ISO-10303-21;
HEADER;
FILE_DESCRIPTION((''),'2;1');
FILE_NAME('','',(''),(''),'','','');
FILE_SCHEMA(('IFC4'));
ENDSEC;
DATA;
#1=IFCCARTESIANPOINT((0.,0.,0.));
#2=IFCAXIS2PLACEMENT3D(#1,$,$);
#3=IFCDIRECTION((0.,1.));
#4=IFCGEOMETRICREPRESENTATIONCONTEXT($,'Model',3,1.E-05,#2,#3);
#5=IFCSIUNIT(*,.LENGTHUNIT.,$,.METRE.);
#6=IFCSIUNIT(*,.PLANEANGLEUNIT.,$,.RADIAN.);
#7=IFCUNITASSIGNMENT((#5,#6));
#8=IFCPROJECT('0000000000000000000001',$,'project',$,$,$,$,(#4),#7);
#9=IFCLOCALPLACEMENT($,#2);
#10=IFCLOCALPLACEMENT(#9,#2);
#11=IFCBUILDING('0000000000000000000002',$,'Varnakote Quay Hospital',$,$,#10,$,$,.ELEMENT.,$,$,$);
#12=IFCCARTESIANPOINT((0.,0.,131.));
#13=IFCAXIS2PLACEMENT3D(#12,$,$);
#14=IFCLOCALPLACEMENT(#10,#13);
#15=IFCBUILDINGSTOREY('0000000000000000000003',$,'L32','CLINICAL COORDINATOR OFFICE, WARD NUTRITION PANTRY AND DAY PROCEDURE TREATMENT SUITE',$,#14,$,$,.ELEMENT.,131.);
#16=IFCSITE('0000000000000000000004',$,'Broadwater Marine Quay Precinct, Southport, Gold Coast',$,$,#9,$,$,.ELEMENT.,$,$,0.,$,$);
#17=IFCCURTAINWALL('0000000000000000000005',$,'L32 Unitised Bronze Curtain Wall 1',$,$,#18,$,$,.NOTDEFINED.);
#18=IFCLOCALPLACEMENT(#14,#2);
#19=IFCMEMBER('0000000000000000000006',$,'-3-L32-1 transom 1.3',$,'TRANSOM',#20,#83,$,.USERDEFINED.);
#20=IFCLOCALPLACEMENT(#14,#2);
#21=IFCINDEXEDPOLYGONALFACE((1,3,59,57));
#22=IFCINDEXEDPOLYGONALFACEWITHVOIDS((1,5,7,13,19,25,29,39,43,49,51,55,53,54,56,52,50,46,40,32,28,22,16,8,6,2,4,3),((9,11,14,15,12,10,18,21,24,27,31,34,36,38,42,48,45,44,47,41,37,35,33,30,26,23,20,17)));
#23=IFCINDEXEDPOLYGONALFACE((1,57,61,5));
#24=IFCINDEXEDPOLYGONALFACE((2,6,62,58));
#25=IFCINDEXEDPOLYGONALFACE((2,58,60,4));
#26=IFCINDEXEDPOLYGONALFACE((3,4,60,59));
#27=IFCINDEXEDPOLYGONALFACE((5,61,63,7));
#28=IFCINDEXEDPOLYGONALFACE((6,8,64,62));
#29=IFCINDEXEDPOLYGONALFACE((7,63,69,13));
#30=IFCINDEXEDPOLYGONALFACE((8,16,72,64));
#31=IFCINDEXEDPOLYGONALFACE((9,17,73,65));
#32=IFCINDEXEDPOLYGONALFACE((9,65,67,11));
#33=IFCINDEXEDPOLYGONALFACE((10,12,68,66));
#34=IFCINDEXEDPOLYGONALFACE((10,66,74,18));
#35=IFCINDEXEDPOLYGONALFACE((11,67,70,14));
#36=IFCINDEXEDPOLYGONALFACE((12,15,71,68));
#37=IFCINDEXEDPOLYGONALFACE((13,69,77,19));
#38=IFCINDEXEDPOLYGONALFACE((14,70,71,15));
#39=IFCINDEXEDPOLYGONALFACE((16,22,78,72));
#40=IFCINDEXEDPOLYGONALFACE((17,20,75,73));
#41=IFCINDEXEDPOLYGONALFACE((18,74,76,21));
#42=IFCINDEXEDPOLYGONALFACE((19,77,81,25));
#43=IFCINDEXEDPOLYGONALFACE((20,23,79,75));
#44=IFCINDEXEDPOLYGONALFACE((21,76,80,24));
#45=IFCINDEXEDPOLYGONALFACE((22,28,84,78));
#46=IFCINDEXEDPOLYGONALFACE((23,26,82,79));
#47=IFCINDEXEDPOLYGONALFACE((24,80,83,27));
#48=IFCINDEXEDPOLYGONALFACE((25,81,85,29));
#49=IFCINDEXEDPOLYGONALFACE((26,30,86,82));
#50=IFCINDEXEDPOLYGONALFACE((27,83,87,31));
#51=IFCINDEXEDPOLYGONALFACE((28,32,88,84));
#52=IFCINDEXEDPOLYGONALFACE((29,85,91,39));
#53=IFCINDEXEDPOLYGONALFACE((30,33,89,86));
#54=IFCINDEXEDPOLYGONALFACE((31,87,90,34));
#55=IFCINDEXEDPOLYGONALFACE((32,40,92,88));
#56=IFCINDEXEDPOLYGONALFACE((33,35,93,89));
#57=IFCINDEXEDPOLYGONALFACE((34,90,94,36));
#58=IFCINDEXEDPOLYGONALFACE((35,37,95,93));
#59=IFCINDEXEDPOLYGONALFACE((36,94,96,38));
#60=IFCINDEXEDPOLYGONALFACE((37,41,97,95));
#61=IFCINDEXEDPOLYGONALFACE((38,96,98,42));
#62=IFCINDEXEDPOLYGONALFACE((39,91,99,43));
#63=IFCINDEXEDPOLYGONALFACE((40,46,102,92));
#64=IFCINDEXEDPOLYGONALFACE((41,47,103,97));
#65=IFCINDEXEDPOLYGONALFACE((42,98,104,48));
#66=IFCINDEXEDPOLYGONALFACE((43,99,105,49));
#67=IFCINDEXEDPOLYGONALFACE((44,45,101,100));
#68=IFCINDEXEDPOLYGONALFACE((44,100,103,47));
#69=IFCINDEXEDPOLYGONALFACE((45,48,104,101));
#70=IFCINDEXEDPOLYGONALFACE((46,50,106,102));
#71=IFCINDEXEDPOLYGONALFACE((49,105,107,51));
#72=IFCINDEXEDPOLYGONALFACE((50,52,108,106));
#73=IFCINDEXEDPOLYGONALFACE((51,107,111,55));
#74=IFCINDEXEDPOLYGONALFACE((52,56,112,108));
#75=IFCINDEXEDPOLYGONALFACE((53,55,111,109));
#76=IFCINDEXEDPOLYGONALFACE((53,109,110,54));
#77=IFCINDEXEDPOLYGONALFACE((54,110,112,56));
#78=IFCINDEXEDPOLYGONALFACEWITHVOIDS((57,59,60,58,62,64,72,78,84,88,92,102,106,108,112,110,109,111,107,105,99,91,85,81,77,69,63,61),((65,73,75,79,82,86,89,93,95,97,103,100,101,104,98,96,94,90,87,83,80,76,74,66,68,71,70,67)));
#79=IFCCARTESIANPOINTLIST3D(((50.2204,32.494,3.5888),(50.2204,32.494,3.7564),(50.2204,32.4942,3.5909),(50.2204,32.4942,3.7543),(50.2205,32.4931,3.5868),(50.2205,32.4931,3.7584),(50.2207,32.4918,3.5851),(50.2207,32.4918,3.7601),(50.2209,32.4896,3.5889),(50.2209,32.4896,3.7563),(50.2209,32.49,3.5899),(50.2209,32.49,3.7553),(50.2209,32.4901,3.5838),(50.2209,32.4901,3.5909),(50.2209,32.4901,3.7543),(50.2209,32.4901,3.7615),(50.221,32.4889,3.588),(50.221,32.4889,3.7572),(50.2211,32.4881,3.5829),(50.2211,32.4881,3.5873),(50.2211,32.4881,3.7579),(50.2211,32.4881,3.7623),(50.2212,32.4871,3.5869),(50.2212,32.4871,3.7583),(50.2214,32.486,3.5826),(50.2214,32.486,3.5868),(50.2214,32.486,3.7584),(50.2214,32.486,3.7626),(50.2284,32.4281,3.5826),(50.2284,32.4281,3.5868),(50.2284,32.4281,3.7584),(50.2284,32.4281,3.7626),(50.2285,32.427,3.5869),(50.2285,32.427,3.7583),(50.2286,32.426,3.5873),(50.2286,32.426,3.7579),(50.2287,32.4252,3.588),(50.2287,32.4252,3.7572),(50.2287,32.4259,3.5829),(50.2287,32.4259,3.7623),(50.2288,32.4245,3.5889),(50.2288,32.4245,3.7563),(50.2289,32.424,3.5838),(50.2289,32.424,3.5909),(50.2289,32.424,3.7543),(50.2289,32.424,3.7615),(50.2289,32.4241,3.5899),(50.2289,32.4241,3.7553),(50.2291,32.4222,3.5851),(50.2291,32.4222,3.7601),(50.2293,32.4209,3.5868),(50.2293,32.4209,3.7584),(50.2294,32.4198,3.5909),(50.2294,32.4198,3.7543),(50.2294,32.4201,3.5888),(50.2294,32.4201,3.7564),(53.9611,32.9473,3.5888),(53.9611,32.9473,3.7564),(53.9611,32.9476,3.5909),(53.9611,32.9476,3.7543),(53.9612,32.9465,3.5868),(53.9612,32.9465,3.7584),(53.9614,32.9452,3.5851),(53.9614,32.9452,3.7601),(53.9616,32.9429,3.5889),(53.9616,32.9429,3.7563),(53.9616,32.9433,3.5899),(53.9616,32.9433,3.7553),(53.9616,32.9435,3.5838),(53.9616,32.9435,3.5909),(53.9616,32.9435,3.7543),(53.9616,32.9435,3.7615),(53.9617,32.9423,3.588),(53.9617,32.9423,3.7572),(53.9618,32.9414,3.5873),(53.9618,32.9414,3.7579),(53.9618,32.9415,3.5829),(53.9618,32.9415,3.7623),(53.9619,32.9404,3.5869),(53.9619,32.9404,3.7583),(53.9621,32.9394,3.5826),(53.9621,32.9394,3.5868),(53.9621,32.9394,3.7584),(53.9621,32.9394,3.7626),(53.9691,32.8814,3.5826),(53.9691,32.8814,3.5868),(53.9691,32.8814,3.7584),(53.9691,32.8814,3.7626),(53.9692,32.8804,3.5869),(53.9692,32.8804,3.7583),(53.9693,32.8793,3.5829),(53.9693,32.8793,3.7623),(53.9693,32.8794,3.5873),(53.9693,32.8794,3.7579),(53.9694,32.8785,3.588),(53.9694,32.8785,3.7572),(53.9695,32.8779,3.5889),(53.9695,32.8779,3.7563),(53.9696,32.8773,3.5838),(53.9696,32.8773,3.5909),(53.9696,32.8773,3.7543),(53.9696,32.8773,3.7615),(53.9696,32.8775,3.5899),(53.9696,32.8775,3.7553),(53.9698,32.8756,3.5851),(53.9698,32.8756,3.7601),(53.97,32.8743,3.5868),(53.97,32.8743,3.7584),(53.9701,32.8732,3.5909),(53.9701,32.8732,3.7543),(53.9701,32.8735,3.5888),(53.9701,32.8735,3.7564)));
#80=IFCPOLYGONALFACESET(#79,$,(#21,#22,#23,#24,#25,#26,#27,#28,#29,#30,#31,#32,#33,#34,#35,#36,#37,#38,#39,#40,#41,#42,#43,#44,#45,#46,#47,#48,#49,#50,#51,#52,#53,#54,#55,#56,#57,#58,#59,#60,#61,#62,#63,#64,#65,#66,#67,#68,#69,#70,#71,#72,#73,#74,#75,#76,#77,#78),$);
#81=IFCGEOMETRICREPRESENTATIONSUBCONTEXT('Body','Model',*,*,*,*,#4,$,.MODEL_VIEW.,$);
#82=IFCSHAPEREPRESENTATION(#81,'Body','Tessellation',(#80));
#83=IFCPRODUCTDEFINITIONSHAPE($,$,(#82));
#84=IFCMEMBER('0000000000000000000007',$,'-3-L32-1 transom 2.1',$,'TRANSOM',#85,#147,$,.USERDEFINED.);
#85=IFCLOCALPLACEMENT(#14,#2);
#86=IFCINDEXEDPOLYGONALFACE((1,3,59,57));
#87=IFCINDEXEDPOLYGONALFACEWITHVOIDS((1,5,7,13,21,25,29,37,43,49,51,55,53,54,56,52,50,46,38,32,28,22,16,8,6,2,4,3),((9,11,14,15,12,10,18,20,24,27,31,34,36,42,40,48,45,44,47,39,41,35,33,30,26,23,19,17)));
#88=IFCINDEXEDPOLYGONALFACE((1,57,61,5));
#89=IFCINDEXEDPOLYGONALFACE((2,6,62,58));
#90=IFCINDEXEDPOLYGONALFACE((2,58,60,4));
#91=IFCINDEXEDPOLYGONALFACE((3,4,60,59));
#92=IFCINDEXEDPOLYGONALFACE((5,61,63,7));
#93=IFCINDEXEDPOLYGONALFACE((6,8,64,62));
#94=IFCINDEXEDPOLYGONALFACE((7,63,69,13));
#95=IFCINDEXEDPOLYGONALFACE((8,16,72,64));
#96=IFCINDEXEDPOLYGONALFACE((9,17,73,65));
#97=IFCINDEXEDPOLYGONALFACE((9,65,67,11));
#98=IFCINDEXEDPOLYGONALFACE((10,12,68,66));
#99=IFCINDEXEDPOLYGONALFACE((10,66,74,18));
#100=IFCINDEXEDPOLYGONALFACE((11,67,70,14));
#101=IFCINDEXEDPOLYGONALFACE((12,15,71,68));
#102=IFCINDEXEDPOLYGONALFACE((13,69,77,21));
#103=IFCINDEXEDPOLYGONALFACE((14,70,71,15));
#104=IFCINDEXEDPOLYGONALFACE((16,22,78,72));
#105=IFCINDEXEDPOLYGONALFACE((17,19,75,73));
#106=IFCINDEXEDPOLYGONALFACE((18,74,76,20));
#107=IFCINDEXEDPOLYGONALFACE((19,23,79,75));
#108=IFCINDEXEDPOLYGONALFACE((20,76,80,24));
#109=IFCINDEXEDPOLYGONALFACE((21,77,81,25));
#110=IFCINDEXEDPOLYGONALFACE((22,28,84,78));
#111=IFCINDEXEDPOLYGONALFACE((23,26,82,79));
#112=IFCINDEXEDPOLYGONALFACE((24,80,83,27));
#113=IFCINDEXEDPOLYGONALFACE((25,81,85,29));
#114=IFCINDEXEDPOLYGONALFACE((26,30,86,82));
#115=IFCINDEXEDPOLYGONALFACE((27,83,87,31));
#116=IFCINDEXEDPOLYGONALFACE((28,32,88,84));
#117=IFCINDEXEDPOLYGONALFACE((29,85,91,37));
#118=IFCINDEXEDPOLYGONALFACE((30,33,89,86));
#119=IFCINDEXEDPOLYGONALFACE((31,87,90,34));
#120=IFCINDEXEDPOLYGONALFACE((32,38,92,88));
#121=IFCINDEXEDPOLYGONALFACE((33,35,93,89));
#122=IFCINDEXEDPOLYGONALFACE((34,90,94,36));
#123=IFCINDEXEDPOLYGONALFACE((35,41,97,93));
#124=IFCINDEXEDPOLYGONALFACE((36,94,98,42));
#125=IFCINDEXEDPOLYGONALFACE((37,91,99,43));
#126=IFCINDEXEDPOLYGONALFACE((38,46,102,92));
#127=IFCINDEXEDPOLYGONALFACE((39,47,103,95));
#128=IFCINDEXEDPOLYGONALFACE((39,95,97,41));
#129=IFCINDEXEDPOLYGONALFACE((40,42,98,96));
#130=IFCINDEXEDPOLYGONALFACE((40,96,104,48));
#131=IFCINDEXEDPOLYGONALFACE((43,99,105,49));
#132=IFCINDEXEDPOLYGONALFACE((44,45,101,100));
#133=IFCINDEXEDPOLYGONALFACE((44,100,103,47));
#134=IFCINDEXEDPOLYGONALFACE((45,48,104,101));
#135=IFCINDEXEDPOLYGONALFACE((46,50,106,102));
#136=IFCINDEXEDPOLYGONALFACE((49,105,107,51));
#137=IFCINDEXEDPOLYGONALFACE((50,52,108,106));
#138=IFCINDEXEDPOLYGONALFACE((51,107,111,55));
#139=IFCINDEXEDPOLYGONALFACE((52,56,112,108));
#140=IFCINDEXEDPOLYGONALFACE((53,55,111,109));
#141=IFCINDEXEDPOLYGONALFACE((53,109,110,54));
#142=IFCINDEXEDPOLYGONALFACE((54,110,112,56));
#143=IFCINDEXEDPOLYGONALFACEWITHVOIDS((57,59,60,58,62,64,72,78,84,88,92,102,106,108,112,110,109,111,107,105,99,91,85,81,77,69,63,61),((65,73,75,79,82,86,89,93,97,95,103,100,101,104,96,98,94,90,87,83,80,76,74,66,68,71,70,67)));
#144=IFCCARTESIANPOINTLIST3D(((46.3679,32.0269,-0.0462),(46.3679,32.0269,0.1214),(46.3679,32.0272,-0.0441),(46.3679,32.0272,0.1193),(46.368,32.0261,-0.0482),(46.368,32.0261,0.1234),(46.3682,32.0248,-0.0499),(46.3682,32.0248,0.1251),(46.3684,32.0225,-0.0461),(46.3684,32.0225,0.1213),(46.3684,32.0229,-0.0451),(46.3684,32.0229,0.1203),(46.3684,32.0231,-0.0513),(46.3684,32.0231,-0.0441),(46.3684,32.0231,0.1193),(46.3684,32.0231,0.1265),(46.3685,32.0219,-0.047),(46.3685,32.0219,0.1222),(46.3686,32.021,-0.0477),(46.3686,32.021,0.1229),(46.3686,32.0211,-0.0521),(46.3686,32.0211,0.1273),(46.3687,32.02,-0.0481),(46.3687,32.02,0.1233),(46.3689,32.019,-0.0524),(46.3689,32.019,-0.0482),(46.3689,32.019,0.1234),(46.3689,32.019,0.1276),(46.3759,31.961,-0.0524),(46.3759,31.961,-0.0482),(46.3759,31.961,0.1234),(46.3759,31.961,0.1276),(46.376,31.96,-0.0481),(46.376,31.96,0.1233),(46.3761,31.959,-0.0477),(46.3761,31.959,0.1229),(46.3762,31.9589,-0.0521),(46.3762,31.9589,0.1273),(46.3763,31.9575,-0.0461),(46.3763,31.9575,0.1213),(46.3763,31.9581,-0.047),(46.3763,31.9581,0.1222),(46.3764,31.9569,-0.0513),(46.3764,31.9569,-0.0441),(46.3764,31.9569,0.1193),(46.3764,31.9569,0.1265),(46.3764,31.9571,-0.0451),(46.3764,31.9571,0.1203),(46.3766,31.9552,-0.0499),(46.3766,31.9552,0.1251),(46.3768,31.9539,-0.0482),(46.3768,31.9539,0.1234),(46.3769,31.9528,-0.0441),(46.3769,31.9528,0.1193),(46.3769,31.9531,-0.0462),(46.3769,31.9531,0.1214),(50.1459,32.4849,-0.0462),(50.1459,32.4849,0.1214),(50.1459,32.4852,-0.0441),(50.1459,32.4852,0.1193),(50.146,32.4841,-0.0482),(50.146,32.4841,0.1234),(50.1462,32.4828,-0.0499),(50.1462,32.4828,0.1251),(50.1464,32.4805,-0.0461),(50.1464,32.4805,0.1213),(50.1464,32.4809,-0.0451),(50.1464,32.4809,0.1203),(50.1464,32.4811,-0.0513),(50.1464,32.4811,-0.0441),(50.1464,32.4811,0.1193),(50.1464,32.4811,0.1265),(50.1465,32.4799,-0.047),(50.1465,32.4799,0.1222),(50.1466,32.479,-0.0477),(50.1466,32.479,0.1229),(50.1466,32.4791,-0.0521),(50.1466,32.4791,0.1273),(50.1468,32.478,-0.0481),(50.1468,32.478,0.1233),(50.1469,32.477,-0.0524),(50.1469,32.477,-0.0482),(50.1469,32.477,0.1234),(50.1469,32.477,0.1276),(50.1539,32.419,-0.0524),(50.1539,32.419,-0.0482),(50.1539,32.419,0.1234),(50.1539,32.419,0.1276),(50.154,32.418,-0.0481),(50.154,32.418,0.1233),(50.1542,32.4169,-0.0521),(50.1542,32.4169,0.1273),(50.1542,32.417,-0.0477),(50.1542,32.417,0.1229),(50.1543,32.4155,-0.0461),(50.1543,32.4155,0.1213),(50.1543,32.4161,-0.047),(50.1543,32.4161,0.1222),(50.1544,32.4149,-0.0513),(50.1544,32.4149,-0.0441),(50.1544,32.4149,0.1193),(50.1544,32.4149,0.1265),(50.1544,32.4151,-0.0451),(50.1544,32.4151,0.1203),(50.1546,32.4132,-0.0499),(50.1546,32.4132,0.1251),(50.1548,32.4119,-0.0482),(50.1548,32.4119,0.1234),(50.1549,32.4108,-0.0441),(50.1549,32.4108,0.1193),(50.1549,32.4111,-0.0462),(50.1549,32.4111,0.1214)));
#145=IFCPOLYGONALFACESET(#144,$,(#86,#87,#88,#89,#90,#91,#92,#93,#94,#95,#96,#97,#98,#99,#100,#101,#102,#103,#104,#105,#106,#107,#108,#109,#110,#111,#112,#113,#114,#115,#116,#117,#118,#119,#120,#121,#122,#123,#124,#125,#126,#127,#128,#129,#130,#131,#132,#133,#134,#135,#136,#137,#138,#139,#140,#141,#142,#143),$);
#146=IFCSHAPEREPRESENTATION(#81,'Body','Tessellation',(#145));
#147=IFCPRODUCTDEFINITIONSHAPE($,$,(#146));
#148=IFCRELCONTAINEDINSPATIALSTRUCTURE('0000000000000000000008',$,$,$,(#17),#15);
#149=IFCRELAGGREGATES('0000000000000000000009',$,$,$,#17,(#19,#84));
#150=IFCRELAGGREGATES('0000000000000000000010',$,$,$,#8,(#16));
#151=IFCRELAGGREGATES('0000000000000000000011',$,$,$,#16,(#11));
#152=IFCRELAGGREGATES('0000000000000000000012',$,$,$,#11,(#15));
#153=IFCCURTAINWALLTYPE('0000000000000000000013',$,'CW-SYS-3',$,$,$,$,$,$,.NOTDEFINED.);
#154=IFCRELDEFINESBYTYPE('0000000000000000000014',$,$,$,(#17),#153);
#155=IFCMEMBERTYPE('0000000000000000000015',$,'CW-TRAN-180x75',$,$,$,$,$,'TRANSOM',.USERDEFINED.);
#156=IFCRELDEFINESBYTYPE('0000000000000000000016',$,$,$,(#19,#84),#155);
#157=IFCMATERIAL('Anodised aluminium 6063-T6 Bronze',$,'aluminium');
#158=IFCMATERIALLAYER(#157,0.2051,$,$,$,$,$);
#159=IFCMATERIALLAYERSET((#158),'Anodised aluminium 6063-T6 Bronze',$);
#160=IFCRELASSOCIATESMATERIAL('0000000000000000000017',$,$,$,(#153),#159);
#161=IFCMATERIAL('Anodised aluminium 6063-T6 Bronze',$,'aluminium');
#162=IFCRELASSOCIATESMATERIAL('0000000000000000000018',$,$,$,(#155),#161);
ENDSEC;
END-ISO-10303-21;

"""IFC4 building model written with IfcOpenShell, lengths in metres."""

from ifc_helpers import new_model, si_unit, direction, frame, origin, origin_2d, place, context, subcontext, project, spatial, hollow_rectangle, extrude, material, layer, layer_set, material_profile, profile_set, type_object, element, aggregate, save


model = new_model("IFC4")

# Units and contexts
model_context = context("Model", 3, precision=1e-05, world=origin(), true_north=direction((0.0, 1.0)))
body_context = subcontext(model_context, "Body", "Model", "MODEL_VIEW")
ifc_project = project(units=[si_unit("LENGTHUNIT", "METRE"), si_unit("PLANEANGLEUNIT", "RADIAN")], contexts=[model_context])

# Site, building, storey
site_placement = place(None, origin())
site = spatial("IfcSite", under=ifc_project, at=site_placement, Name="Broadwater Marine Quay Precinct, Southport, Gold Coast", CompositionType="ELEMENT", RefElevation=0.0)
building_placement = place(site_placement, origin())
building = spatial("IfcBuilding", under=site, at=building_placement, Name="Varnakote Quay Hospital", CompositionType="ELEMENT")
storey_placement = place(building_placement, frame((0.0, 0.0, 131.0)))
storey = spatial("IfcBuildingStorey", under=building, at=storey_placement, Name="L32", Description="CLINICAL COORDINATOR OFFICE, WARD NUTRITION PANTRY AND DAY PROCEDURE TREATMENT SUITE", CompositionType="ELEMENT", Elevation=131.0)

# Curtain wall, members
ifc_material_1 = material(Name="Anodised aluminium 6063-T6 Bronze", Category="aluminium")
ifc_layer_1 = layer(ifc_material_1, 0.2051)
ifc_layer_set_1 = layer_set([ifc_layer_1], Name="Anodised aluminium 6063-T6 Bronze")
curtain_wall_type = type_object("IfcCurtainWallType", Name="CW-SYS-3", PredefinedType="NOTDEFINED", material=ifc_layer_set_1)
curtain_wall_placement = place(storey_placement, origin())
curtain_wall = element("IfcCurtainWall", 1, at=curtain_wall_placement, inside=storey, type_object=curtain_wall_type, Name="L32 Unitised Bronze Curtain Wall 1", PredefinedType="NOTDEFINED")
ifc_material_2 = material(Name="Anodised aluminium 6063-T6 Bronze", Category="aluminium")
ifc_material_profile_1 = material_profile(ifc_material_2, hollow_rectangle(XDim=0.075, YDim=0.1799, WallThickness=0.0042, InnerFilletRadius=0.0042, OuterFilletRadius=0.0083, at=origin_2d()), Name="CW-TRAN-180x75")
ifc_profile_set_1 = profile_set([ifc_material_profile_1], Name="Anodised aluminium 6063-T6 Bronze")
member_type_1 = type_object("IfcMemberType", Name="CW-TRAN-180x75", ElementType="TRANSOM", PredefinedType="USERDEFINED", material=ifc_profile_set_1)
member_1_placement = place(storey_placement, frame((53.9656, 32.9104, 3.6726), z_axis=(-0.992735, -0.120318, 0.0), x_axis=(0.120318, -0.992735, 0.0)))
member_1 = element("IfcMember", 2, at=member_1_placement, type_object=member_type_1, Name="-3-L32-1 transom 1.3", ObjectType="TRANSOM", PredefinedType="USERDEFINED", context=body_context, shape_type="SweptSolid", body=[
    extrude(hollow_rectangle(XDim=0.075, YDim=0.1799, WallThickness=0.0042, InnerFilletRadius=0.0042, OuterFilletRadius=0.0083, at=origin_2d()), origin(), (0.0, 0.0, 1.0), 3.7681),
])
member_2_placement = place(storey_placement, frame((50.1504, 32.448, 0.0376), z_axis=(-0.992732, -0.120347, 0.0), x_axis=(0.120347, -0.992732, 0.0)))
member_2 = element("IfcMember", 3, at=member_2_placement, type_object=member_type_1, Name="-3-L32-1 transom 2.1", ObjectType="TRANSOM", PredefinedType="USERDEFINED", context=body_context, shape_type="SweptSolid", body=[
    extrude(hollow_rectangle(XDim=0.075, YDim=0.1799, WallThickness=0.0042, InnerFilletRadius=0.0042, OuterFilletRadius=0.0083, at=origin_2d()), origin(), (0.0, 0.0, 1.0), 3.8057),
])
aggregate(curtain_wall, [member_1, member_2])

save(model, "model.ifc")
